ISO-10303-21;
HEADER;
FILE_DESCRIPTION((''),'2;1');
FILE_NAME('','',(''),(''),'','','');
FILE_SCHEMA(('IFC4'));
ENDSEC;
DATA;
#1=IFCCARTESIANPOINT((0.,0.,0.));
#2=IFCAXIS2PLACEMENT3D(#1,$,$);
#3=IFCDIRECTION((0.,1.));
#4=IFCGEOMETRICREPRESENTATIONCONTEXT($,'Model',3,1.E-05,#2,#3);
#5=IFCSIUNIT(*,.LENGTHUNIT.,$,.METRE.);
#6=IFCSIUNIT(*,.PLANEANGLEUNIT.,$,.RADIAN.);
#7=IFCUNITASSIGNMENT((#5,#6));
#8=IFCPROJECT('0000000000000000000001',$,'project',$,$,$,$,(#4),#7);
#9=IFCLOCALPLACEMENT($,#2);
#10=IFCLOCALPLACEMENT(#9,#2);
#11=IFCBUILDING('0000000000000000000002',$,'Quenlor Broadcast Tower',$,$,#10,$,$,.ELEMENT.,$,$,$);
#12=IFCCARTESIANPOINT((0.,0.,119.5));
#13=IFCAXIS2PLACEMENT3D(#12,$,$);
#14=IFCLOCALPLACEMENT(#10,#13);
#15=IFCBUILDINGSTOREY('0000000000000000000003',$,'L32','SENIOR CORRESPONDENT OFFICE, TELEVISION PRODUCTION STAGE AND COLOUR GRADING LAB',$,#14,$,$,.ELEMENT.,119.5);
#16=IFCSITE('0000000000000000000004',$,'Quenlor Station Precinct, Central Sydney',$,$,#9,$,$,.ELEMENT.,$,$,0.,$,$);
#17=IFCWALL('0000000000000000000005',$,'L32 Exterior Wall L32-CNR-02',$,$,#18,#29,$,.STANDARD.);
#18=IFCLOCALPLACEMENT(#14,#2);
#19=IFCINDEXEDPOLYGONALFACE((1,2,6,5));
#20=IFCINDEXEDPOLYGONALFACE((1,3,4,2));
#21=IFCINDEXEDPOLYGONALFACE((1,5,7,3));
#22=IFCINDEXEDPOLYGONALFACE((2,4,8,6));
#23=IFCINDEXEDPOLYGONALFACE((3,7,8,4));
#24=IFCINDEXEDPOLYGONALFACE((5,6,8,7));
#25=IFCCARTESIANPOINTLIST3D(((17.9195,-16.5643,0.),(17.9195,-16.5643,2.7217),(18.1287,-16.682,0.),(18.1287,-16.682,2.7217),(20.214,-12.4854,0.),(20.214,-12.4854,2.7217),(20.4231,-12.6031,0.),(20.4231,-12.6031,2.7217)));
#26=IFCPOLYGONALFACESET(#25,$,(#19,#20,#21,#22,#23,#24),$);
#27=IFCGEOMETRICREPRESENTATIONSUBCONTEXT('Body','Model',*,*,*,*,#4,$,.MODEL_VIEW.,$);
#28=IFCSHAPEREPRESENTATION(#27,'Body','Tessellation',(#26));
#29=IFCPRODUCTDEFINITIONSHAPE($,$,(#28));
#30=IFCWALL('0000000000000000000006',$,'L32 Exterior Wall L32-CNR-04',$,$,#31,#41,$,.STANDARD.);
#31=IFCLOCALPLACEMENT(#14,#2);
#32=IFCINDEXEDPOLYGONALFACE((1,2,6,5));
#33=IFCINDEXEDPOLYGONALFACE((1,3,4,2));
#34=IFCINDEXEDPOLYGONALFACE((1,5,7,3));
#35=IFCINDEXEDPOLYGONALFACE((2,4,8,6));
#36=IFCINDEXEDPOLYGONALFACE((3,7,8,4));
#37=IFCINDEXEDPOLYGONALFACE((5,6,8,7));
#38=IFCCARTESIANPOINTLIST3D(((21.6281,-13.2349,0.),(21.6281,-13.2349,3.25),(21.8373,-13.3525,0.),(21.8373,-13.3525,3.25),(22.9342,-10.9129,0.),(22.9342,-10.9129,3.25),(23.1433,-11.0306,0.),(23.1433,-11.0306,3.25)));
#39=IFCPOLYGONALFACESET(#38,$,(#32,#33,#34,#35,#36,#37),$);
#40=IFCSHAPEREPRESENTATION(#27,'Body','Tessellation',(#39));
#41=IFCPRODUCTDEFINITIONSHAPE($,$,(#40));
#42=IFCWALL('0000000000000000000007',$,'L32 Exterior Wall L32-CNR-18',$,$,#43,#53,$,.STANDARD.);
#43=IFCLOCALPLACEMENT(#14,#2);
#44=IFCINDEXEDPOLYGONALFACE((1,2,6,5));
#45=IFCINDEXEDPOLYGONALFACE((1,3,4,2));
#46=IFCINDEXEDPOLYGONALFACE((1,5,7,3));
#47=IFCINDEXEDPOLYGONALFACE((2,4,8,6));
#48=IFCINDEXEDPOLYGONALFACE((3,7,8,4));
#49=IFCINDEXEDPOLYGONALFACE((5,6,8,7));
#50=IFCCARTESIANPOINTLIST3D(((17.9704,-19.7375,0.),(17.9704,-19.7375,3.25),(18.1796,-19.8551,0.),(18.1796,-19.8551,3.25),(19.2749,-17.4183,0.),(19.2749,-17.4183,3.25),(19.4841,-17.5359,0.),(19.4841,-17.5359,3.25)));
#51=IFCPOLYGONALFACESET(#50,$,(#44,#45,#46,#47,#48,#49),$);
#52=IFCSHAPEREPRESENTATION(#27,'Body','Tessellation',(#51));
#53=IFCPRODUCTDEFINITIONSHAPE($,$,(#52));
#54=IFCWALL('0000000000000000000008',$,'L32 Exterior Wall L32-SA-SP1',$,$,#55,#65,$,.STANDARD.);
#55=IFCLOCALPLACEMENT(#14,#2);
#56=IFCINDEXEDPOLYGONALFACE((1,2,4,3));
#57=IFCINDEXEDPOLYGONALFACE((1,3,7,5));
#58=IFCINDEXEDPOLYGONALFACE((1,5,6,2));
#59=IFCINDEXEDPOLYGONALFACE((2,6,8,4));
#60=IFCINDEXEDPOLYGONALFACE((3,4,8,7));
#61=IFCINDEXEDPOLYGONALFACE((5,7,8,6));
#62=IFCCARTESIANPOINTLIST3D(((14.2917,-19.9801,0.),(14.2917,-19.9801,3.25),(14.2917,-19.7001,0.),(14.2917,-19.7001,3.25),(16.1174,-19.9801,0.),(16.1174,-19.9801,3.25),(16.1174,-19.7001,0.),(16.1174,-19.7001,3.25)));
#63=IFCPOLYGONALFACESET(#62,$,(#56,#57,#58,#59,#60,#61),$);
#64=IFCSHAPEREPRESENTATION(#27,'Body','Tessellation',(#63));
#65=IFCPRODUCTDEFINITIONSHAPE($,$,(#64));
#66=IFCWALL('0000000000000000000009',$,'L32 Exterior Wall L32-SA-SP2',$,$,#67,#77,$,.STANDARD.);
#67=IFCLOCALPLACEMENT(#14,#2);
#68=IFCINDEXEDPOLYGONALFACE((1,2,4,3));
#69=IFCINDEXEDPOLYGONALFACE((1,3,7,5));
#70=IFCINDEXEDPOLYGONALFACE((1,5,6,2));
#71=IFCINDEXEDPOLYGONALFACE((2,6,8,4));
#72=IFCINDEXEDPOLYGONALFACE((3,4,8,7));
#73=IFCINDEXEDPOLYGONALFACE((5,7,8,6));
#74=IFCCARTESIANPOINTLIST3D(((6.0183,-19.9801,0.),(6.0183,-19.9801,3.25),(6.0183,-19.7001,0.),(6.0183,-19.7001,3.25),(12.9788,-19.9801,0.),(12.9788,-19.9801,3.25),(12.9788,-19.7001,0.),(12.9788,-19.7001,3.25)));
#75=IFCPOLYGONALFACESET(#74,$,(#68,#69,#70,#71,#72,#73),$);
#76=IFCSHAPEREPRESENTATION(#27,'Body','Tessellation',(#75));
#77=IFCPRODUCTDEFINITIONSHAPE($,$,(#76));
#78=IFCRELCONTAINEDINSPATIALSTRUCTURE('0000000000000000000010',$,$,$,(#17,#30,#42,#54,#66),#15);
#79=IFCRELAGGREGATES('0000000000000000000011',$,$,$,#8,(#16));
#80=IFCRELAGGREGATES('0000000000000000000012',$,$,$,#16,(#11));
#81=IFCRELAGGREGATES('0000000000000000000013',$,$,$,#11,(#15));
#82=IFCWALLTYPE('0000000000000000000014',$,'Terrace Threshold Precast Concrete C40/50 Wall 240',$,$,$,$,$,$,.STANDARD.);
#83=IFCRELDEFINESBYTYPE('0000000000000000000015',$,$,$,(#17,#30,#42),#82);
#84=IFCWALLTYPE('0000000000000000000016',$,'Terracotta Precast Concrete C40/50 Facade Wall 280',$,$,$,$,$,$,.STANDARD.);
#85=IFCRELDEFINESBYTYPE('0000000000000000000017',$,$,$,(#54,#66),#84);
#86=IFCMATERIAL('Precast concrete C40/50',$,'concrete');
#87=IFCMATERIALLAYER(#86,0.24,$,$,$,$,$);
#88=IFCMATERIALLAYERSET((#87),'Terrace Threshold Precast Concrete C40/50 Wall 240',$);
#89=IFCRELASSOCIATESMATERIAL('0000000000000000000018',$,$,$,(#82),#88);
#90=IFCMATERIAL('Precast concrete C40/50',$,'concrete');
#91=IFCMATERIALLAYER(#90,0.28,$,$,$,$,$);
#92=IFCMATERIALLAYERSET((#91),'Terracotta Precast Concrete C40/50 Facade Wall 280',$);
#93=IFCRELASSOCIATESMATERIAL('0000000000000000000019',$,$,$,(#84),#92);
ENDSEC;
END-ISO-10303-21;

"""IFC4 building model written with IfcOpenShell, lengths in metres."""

from ifc_helpers import new_model, si_unit, direction, frame, frame_2d, origin, place, context, subcontext, project, spatial, rectangle, extrude, material, layer, layer_set, type_object, element, save


model = new_model("IFC4")

# Units and contexts
model_context = context("Model", 3, precision=1e-05, world=origin(), true_north=direction((0.0, 1.0)))
body_context = subcontext(model_context, "Body", "Model", "MODEL_VIEW")
ifc_project = project(units=[si_unit("LENGTHUNIT", "METRE"), si_unit("PLANEANGLEUNIT", "RADIAN")], contexts=[model_context])

# Site, building, storey
site_placement = place(None, origin())
site = spatial("IfcSite", under=ifc_project, at=site_placement, Name="Quenlor Station Precinct, Central Sydney", CompositionType="ELEMENT", RefElevation=0.0)
building_placement = place(site_placement, origin())
building = spatial("IfcBuilding", under=site, at=building_placement, Name="Quenlor Broadcast Tower", CompositionType="ELEMENT")
storey_placement = place(building_placement, frame((0.0, 0.0, 119.5)))
storey = spatial("IfcBuildingStorey", under=building, at=storey_placement, Name="L32", Description="SENIOR CORRESPONDENT OFFICE, TELEVISION PRODUCTION STAGE AND COLOUR GRADING LAB", CompositionType="ELEMENT", Elevation=119.5)

# Walls
ifc_material_1 = material(Name="Precast concrete C40/50", Category="concrete")
ifc_layer_1 = layer(ifc_material_1, 0.24)
ifc_layer_set_1 = layer_set([ifc_layer_1], Name="Terrace Threshold Precast Concrete C40/50 Wall 240")
wall_type_1 = type_object("IfcWallType", Name="Terrace Threshold Precast Concrete C40/50 Wall 240", PredefinedType="STANDARD", material=ifc_layer_set_1)
wall_1_placement = place(storey_placement, frame((18.0242, -16.623, 0.0), z_axis=(0.0, 0.0, 1.0), x_axis=(0.490274, 0.871569, 0.0)))
element("IfcWall", 1, at=wall_1_placement, inside=storey, type_object=wall_type_1, Name="L32 Exterior Wall L32-CNR-02", PredefinedType="STANDARD", context=body_context, shape_type="SweptSolid", body=[
    extrude(rectangle(XDim=4.6799, YDim=0.24, at=frame_2d((2.3398, 0.0))), origin(), (0.0, 0.0, 1.0), 2.7217),
])
wall_2_placement = place(storey_placement, frame((21.7327, -13.2937, 0.0), z_axis=(0.0, 0.0, 1.0), x_axis=(0.490266, 0.871573, 0.0)))
element("IfcWall", 2, at=wall_2_placement, inside=storey, type_object=wall_type_1, Name="L32 Exterior Wall L32-CNR-04", PredefinedType="STANDARD", context=body_context, shape_type="SweptSolid", body=[
    extrude(rectangle(XDim=2.6641, YDim=0.24, at=frame_2d((1.332, 0.0))), origin(), (0.0, 0.0, 1.0), 3.25),
])
wall_3_placement = place(storey_placement, frame((18.075, -19.7964, 0.0), z_axis=(0.0, 0.0, 1.0), x_axis=(0.490248, 0.871583, 0.0)))
element("IfcWall", 3, at=wall_3_placement, inside=storey, type_object=wall_type_1, Name="L32 Exterior Wall L32-CNR-18", PredefinedType="STANDARD", context=body_context, shape_type="SweptSolid", body=[
    extrude(rectangle(XDim=2.6609, YDim=0.24, at=frame_2d((1.3306, 0.0))), origin(), (0.0, 0.0, 1.0), 3.25),
])
ifc_material_2 = material(Name="Precast concrete C40/50", Category="concrete")
ifc_layer_2 = layer(ifc_material_2, 0.28)
ifc_layer_set_2 = layer_set([ifc_layer_2], Name="Terracotta Precast Concrete C40/50 Facade Wall 280")
wall_type_2 = type_object("IfcWallType", Name="Terracotta Precast Concrete C40/50 Facade Wall 280", PredefinedType="STANDARD", material=ifc_layer_set_2)
wall_4_placement = place(storey_placement, frame((16.1174, -19.8401, 0.0), z_axis=(0.0, 0.0, 1.0), x_axis=(-1.0, 0.0, 0.0)))
element("IfcWall", 4, at=wall_4_placement, inside=storey, type_object=wall_type_2, Name="L32 Exterior Wall L32-SA-SP1", PredefinedType="STANDARD", context=body_context, shape_type="SweptSolid", body=[
    extrude(rectangle(XDim=1.8257, YDim=0.28, at=frame_2d((0.9128, 0.0))), origin(), (0.0, 0.0, 1.0), 3.25),
])
wall_5_placement = place(storey_placement, frame((12.9788, -19.8401, 0.0), z_axis=(0.0, 0.0, 1.0), x_axis=(-1.0, 0.0, 0.0)))
element("IfcWall", 5, at=wall_5_placement, inside=storey, type_object=wall_type_2, Name="L32 Exterior Wall L32-SA-SP2", PredefinedType="STANDARD", context=body_context, shape_type="SweptSolid", body=[
    extrude(rectangle(XDim=6.9604, YDim=0.28, at=frame_2d((3.4802, 0.0))), origin(), (0.0, 0.0, 1.0), 3.25),
])

save(model, "model.ifc")
